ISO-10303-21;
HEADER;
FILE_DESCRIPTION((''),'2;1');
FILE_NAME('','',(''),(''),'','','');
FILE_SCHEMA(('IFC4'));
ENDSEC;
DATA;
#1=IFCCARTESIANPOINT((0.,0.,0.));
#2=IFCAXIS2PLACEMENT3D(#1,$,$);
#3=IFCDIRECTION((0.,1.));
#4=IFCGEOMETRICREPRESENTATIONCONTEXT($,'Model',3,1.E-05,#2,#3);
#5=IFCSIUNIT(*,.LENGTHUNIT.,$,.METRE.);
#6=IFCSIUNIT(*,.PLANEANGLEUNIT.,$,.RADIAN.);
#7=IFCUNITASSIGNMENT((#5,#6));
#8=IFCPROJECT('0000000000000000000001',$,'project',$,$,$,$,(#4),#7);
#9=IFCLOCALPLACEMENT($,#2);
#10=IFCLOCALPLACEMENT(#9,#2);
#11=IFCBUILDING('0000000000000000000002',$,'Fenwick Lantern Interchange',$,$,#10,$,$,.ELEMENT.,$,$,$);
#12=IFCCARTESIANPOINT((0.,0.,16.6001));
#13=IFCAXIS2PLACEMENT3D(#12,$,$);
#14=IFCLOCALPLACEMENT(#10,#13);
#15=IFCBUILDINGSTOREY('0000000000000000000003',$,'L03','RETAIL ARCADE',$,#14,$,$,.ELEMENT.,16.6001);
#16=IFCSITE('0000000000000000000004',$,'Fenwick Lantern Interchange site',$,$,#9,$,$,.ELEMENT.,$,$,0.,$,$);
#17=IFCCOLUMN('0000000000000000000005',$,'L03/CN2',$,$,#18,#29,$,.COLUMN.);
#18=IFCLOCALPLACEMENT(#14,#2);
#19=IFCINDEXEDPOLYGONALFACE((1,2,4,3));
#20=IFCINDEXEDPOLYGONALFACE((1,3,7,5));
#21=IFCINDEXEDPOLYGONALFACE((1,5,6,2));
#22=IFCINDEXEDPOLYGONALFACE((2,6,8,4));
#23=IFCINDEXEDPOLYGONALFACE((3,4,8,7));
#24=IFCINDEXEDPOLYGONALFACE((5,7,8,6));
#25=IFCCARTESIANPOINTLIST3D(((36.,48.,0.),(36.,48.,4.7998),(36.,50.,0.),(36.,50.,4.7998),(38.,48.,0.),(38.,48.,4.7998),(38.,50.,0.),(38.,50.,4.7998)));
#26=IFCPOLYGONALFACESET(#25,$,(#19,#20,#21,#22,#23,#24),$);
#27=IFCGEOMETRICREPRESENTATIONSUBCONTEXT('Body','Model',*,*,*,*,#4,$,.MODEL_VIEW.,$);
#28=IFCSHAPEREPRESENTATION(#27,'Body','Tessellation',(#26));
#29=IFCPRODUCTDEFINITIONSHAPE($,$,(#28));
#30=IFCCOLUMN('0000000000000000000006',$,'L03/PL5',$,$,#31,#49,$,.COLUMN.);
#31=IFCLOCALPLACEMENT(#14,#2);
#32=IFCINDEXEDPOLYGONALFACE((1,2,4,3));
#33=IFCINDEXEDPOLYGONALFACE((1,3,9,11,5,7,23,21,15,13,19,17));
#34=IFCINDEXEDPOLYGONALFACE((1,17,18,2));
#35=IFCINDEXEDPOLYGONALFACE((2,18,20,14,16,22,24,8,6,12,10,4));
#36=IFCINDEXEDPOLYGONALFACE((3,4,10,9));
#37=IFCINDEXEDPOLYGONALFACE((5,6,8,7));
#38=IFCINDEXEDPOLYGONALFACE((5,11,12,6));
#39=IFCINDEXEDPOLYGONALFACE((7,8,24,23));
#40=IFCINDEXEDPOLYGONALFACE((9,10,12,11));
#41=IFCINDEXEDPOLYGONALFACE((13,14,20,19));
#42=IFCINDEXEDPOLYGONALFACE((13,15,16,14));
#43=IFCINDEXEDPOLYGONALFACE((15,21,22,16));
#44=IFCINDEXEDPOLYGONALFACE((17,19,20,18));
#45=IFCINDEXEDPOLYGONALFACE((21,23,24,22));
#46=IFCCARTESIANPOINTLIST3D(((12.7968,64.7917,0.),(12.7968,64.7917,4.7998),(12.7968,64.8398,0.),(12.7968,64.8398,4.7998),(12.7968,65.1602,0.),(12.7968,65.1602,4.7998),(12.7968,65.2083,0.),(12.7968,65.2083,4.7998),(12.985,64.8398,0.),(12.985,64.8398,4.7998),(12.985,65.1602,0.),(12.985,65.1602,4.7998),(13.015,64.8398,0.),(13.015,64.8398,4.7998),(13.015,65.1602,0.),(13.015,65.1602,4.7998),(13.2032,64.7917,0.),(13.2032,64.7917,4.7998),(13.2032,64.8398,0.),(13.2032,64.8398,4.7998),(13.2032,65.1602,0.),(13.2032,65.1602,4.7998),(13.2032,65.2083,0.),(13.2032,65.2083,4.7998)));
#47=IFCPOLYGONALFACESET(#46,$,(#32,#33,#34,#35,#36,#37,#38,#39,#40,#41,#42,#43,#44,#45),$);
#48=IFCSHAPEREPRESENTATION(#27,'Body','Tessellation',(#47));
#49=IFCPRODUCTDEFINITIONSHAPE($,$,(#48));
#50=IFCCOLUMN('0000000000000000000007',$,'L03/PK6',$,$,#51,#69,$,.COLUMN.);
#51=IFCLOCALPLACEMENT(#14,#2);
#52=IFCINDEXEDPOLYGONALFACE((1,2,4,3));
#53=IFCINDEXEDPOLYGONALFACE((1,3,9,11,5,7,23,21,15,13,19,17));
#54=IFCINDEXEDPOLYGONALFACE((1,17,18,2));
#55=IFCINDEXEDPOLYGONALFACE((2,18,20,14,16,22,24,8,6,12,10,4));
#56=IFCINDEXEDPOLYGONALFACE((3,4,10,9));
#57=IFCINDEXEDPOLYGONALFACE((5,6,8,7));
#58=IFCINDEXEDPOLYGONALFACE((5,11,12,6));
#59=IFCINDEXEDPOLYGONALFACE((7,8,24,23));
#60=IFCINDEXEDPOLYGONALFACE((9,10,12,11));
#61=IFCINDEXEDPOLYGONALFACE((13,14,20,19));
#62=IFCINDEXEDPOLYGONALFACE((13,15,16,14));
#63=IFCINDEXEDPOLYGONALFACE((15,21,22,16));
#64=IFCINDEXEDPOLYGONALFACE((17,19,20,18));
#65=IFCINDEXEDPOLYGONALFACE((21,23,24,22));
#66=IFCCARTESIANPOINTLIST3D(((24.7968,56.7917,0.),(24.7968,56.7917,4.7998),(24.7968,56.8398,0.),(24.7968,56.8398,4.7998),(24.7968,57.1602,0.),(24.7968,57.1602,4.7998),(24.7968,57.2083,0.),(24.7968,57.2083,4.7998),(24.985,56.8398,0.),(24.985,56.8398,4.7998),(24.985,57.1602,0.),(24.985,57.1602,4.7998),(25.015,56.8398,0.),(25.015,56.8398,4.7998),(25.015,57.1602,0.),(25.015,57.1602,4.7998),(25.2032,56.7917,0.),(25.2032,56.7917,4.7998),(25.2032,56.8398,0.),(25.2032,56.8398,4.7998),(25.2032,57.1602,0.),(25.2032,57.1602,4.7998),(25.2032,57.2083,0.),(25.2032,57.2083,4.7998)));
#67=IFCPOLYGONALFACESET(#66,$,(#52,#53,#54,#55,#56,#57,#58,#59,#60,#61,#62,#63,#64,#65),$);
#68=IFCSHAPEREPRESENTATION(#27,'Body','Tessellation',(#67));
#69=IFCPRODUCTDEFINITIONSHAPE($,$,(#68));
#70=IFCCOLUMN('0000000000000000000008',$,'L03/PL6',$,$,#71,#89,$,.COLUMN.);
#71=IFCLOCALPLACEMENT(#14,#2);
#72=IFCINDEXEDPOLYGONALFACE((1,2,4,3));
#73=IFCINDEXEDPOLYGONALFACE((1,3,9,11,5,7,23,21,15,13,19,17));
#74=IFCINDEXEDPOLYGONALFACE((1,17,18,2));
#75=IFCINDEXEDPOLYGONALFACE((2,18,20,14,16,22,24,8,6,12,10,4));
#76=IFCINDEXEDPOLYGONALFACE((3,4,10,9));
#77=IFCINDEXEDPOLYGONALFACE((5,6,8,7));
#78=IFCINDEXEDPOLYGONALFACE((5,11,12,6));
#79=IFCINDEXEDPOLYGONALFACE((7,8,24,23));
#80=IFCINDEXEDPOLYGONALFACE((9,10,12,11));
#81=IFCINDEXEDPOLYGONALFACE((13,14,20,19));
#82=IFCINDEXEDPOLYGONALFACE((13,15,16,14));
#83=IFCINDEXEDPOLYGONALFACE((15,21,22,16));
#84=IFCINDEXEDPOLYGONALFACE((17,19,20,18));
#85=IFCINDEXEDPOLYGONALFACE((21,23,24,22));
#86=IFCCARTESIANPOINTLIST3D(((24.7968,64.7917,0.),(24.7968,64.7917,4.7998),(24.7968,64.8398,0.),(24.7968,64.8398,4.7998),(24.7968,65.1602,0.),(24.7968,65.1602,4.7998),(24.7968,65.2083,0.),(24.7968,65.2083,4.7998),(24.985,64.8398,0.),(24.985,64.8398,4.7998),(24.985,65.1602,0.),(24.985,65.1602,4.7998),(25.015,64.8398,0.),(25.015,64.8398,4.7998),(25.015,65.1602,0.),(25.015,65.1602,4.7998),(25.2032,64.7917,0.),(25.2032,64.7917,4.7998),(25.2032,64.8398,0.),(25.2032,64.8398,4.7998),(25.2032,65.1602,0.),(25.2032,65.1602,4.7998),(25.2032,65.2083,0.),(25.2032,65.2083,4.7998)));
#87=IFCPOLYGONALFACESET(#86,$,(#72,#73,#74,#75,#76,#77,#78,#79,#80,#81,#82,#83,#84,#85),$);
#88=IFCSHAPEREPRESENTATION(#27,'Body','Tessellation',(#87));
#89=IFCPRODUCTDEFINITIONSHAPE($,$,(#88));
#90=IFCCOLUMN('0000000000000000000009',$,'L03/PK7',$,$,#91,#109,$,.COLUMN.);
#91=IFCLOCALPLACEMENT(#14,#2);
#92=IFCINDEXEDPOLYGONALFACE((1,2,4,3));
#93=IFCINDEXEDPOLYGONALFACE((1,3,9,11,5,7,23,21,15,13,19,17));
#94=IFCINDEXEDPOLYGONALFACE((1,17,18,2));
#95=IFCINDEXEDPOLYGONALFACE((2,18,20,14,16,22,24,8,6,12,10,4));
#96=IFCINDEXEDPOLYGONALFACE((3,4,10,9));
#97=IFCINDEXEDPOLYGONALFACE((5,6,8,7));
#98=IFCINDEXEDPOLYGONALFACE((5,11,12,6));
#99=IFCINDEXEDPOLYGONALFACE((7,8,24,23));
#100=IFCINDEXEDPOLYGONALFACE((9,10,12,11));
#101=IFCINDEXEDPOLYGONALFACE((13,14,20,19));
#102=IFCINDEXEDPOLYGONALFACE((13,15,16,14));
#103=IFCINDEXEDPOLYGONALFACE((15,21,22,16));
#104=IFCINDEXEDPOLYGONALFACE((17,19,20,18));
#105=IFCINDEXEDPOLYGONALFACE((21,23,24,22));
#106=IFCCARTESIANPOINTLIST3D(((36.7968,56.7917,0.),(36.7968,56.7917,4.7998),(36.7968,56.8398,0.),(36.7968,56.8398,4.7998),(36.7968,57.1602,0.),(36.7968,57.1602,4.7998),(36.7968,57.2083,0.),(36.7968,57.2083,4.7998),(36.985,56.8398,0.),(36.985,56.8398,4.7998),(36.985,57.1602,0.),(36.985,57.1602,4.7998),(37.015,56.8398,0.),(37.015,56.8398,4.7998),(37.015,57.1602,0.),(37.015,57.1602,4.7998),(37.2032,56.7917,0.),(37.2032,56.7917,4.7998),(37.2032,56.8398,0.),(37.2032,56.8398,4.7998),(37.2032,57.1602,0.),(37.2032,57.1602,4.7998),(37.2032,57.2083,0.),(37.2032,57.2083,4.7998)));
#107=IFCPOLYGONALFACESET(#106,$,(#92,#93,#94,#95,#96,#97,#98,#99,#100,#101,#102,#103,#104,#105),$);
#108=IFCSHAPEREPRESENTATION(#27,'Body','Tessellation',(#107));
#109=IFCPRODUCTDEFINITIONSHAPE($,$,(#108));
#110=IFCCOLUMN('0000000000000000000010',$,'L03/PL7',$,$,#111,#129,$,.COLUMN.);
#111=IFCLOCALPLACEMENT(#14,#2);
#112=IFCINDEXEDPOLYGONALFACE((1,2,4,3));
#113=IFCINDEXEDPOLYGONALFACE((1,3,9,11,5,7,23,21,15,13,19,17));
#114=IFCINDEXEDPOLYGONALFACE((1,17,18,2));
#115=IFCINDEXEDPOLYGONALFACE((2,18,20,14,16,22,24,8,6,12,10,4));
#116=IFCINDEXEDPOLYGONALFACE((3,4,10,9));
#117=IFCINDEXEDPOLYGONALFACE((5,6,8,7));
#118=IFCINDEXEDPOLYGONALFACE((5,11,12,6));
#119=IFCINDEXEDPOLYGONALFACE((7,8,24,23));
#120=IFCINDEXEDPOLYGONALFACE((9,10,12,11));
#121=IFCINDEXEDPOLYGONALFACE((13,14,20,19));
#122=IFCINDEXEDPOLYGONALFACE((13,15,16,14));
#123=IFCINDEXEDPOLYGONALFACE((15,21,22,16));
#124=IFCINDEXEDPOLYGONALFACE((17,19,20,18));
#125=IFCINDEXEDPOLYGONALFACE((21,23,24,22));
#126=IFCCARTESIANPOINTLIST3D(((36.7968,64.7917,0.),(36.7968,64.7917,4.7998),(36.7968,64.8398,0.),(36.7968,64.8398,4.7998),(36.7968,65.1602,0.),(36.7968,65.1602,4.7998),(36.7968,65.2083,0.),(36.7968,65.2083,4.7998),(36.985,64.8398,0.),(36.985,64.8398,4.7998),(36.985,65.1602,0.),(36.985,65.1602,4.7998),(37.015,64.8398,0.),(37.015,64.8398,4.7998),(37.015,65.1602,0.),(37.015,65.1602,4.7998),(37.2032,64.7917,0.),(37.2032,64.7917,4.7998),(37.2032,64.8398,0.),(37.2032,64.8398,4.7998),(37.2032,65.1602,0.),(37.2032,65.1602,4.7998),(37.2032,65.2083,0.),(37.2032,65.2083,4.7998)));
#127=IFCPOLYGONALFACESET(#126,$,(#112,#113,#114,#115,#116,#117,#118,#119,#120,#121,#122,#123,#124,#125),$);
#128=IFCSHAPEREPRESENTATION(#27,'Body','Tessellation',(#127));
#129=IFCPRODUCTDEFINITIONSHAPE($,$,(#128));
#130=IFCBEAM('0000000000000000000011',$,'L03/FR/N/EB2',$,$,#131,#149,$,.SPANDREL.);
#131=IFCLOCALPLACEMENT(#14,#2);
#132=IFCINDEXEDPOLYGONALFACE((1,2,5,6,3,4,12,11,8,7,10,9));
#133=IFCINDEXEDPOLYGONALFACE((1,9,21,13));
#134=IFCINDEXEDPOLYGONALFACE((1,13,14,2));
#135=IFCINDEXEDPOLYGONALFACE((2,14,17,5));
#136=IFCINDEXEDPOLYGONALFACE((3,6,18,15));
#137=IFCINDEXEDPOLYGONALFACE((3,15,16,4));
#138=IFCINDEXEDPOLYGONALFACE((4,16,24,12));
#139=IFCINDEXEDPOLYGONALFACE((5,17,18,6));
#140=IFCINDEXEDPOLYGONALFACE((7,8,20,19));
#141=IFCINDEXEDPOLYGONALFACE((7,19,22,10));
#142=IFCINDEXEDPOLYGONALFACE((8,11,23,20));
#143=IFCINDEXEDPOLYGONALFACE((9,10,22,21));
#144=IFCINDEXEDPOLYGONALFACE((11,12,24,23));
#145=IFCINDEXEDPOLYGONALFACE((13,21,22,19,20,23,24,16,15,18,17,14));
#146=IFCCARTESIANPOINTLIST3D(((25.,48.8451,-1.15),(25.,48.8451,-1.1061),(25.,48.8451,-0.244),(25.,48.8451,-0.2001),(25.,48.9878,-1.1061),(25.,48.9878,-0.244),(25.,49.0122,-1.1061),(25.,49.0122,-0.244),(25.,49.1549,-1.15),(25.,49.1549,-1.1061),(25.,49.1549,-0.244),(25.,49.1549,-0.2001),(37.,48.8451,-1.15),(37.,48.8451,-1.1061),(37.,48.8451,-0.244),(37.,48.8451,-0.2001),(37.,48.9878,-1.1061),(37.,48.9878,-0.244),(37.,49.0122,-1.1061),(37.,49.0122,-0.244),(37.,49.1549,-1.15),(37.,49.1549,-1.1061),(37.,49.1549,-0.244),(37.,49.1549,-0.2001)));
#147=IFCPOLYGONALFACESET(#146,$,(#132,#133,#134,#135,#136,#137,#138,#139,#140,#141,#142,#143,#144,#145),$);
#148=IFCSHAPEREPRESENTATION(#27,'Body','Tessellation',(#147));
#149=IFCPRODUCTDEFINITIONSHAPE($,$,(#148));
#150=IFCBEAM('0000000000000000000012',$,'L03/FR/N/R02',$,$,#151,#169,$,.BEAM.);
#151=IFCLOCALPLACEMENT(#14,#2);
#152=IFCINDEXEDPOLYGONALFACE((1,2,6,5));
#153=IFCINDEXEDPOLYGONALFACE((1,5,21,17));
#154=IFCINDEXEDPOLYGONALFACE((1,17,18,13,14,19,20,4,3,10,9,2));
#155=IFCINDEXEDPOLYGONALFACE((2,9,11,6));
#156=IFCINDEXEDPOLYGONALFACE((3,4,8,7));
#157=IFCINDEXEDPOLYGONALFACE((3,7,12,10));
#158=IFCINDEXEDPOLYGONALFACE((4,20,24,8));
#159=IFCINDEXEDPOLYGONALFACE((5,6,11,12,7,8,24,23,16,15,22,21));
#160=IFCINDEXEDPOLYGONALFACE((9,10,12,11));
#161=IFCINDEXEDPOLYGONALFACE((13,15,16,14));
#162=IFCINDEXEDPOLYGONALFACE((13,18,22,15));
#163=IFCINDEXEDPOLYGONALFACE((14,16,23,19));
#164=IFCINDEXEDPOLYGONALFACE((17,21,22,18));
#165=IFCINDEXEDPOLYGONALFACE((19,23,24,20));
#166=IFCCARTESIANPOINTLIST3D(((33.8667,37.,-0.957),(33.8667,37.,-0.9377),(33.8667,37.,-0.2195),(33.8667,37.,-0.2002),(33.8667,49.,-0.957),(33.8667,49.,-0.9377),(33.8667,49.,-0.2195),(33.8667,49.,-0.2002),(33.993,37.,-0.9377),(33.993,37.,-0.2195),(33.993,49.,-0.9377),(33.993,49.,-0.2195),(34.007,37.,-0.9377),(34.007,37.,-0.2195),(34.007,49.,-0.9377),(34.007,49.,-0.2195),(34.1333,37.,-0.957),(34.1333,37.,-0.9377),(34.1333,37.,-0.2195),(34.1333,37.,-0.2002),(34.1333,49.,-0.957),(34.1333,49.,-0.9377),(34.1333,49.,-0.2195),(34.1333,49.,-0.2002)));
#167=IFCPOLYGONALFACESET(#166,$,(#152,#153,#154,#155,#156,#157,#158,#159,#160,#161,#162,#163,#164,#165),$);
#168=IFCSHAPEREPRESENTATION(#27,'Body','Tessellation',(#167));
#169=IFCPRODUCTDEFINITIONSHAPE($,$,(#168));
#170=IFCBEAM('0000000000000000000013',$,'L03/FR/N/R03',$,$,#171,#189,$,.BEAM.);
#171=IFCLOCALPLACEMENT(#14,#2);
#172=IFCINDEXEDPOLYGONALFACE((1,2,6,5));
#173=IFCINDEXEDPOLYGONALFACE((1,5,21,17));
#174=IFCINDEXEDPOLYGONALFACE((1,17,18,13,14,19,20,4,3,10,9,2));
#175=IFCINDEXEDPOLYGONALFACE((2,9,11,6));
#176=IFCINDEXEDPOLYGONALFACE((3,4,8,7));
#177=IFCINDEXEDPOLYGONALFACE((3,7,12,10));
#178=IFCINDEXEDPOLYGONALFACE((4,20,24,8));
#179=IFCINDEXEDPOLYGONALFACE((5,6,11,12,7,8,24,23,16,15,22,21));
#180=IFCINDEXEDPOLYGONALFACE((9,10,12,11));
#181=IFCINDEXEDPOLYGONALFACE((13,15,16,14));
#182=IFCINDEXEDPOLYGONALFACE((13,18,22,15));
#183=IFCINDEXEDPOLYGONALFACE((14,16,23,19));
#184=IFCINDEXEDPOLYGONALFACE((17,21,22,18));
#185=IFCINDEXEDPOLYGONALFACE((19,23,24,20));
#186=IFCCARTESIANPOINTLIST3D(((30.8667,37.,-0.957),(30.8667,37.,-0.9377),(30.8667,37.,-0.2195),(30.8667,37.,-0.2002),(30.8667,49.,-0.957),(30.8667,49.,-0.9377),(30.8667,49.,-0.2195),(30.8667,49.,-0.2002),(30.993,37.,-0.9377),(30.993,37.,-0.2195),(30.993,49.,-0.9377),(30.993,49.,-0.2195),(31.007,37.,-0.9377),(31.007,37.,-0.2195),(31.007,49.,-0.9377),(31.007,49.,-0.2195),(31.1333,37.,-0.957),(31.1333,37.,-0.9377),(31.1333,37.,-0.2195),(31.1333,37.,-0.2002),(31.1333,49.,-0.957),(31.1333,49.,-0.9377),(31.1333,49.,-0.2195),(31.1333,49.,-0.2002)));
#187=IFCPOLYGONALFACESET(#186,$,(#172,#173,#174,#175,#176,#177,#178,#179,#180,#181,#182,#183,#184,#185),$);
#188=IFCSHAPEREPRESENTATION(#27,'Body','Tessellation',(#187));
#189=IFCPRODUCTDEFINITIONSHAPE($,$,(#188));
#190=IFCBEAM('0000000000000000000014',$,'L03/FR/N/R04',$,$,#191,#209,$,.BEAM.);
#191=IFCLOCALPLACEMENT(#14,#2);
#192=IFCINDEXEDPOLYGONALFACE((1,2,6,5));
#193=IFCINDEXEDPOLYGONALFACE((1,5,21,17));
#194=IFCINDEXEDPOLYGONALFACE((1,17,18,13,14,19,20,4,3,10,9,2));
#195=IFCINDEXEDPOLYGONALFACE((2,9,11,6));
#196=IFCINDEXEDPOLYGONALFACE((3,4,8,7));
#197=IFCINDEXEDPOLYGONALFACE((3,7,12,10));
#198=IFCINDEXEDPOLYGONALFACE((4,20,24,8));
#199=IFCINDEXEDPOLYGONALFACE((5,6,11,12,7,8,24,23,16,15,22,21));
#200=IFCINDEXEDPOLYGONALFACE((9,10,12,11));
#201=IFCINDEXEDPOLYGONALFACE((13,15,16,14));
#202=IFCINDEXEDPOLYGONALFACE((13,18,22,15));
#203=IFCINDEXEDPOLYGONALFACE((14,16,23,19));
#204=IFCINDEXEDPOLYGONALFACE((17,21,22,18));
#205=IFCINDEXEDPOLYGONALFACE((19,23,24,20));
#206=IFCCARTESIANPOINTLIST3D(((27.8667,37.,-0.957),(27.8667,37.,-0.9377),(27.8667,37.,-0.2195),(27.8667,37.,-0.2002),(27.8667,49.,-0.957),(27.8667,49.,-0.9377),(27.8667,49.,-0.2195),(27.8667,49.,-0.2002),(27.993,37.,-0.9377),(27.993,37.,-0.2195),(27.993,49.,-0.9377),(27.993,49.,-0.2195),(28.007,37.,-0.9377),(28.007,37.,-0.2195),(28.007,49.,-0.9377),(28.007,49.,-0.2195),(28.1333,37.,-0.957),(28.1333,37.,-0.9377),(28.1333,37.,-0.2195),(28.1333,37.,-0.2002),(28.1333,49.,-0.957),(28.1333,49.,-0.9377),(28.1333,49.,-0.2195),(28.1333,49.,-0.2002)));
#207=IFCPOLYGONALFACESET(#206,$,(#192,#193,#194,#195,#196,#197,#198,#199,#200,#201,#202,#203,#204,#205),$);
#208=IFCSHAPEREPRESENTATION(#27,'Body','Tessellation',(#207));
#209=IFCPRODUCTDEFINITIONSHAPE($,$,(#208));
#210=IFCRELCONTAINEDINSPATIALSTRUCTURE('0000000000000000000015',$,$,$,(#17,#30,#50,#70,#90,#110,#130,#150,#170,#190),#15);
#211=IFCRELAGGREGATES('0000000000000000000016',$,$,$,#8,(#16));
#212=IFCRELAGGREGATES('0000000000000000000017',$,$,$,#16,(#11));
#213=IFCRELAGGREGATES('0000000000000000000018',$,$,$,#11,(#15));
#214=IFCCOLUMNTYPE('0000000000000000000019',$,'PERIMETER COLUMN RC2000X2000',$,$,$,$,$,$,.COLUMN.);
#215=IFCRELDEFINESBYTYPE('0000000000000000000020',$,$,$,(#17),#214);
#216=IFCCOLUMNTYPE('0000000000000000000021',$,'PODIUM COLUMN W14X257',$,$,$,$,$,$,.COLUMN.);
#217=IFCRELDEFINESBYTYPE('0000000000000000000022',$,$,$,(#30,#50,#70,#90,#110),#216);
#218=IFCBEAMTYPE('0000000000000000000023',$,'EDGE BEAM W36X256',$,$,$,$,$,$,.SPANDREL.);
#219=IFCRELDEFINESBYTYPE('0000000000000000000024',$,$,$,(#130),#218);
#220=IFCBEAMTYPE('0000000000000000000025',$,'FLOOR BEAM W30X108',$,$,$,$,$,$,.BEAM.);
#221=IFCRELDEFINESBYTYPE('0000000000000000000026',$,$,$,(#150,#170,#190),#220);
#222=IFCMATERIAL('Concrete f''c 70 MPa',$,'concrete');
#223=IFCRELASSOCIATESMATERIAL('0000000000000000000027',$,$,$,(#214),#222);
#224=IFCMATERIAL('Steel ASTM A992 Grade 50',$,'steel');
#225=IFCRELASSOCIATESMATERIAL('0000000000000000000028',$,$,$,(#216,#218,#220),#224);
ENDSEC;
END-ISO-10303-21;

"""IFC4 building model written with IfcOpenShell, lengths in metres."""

from ifc_helpers import new_model, si_unit, direction, frame, origin, origin_2d, place, context, subcontext, project, spatial, rectangle, i_section, extrude, material, material_profile, profile_set, type_object, element, save


model = new_model("IFC4")

# Units and contexts
model_context = context("Model", 3, precision=1e-05, world=origin(), true_north=direction((0.0, 1.0)))
body_context = subcontext(model_context, "Body", "Model", "MODEL_VIEW")
ifc_project = project(units=[si_unit("LENGTHUNIT", "METRE"), si_unit("PLANEANGLEUNIT", "RADIAN")], contexts=[model_context])

# Site, building, storey
site_placement = place(None, origin())
site = spatial("IfcSite", under=ifc_project, at=site_placement, Name="Fenwick Lantern Interchange site", CompositionType="ELEMENT", RefElevation=0.0)
building_placement = place(site_placement, origin())
building = spatial("IfcBuilding", under=site, at=building_placement, Name="Fenwick Lantern Interchange", CompositionType="ELEMENT")
storey_placement = place(building_placement, frame((0.0, 0.0, 16.6001)))
storey = spatial("IfcBuildingStorey", under=building, at=storey_placement, Name="L03", Description="RETAIL ARCADE", CompositionType="ELEMENT", Elevation=16.6001)

# Columns
ifc_material_1 = material(Name="Concrete f'c 70 MPa", Category="concrete")
ifc_material_profile_1 = material_profile(ifc_material_1, rectangle(XDim=2.0, YDim=2.0, at=origin_2d()), Name="RC2000X2000")
ifc_profile_set_1 = profile_set([ifc_material_profile_1], Name="Concrete f'c 70 MPa")
column_type_1 = type_object("IfcColumnType", Name="PERIMETER COLUMN RC2000X2000", PredefinedType="COLUMN", material=ifc_profile_set_1)
column_placement = place(storey_placement, frame((37.0, 49.0, 0.0), z_axis=(0.0, 0.0, 1.0), x_axis=(1.0, 0.0, 0.0)))
element("IfcColumn", 1, at=column_placement, inside=storey, type_object=column_type_1, Name="L03/CN2", PredefinedType="COLUMN", context=body_context, shape_type="SweptSolid", body=[
    extrude(rectangle(XDim=2.0, YDim=2.0, at=origin_2d()), origin(), (0.0, 0.0, 1.0), 4.7998),
])
ifc_material_2 = material(Name="Steel ASTM A992 Grade 50", Category="steel")
ifc_material_profile_2 = material_profile(ifc_material_2, i_section(OverallWidth=0.4065, OverallDepth=0.4165, WebThickness=0.03, FlangeThickness=0.0481, at=origin_2d()), Name="W14X257")
ifc_profile_set_2 = profile_set([ifc_material_profile_2], Name="Steel ASTM A992 Grade 50")
column_type_2 = type_object("IfcColumnType", Name="PODIUM COLUMN W14X257", PredefinedType="COLUMN", material=ifc_profile_set_2)
for number, where, z_axis, x_axis, name in (
    (2, (13.0, 65.0, 0.0), (0.0, 0.0, 1.0), (1.0, 0.0, 0.0), "L03/PL5"),
    (3, (25.0, 57.0, 0.0), (0.0, 0.0, 1.0), (1.0, 0.0, 0.0), "L03/PK6"),
    (4, (25.0, 65.0, 0.0), (0.0, 0.0, 1.0), (1.0, 0.0, 0.0), "L03/PL6"),
    (5, (37.0, 57.0, 0.0), (0.0, 0.0, 1.0), (1.0, 0.0, 0.0), "L03/PK7"),
    (6, (37.0, 65.0, 0.0), (0.0, 0.0, 1.0), (1.0, 0.0, 0.0), "L03/PL7"),
):
    element("IfcColumn", number, at=place(storey_placement, frame(where, z_axis=z_axis, x_axis=x_axis)), inside=storey, type_object=column_type_2, Name=name, PredefinedType="COLUMN", context=body_context, shape_type="SweptSolid", body=[
        extrude(i_section(OverallWidth=0.4065, OverallDepth=0.4165, WebThickness=0.03, FlangeThickness=0.0481, at=origin_2d()), origin(), (0.0, 0.0, 1.0), 4.7998),
    ])

# Beams
ifc_material_profile_3 = material_profile(ifc_material_2, i_section(OverallWidth=0.3098, OverallDepth=0.95, WebThickness=0.0244, FlangeThickness=0.0439, at=origin_2d()), Name="W36X256")
ifc_profile_set_3 = profile_set([ifc_material_profile_3], Name="Steel ASTM A992 Grade 50")
beam_type_1 = type_object("IfcBeamType", Name="EDGE BEAM W36X256", PredefinedType="SPANDREL", material=ifc_profile_set_3)
beam_1_placement = place(storey_placement, frame((37.0, 49.0, -0.675), z_axis=(-1.0, 0.0, 0.0), x_axis=(0.0, -1.0, 0.0)))
element("IfcBeam", 7, at=beam_1_placement, inside=storey, type_object=beam_type_1, Name="L03/FR/N/EB2", PredefinedType="SPANDREL", context=body_context, shape_type="SweptSolid", body=[
    extrude(i_section(OverallWidth=0.3098, OverallDepth=0.95, WebThickness=0.0244, FlangeThickness=0.0439, at=origin_2d()), origin(), (0.0, 0.0, 1.0), 12.0),
])
ifc_material_profile_4 = material_profile(ifc_material_2, i_section(OverallWidth=0.2666, OverallDepth=0.7568, WebThickness=0.0139, FlangeThickness=0.0193, at=origin_2d()), Name="W30X108")
ifc_profile_set_4 = profile_set([ifc_material_profile_4], Name="Steel ASTM A992 Grade 50")
beam_type_2 = type_object("IfcBeamType", Name="FLOOR BEAM W30X108", PredefinedType="BEAM", material=ifc_profile_set_4)
for number, where, z_axis, x_axis, name in (
    (8, (34.0, 49.0, -0.5786), (0.0, -1.0, 0.0), (1.0, 0.0, 0.0), "L03/FR/N/R02"),
    (9, (31.0, 49.0, -0.5786), (0.0, -1.0, 0.0), (1.0, 0.0, 0.0), "L03/FR/N/R03"),
    (10, (28.0, 49.0, -0.5786), (0.0, -1.0, 0.0), (1.0, 0.0, 0.0), "L03/FR/N/R04"),
):
    element("IfcBeam", number, at=place(storey_placement, frame(where, z_axis=z_axis, x_axis=x_axis)), inside=storey, type_object=beam_type_2, Name=name, PredefinedType="BEAM", context=body_context, shape_type="SweptSolid", body=[
        extrude(i_section(OverallWidth=0.2666, OverallDepth=0.7568, WebThickness=0.0139, FlangeThickness=0.0193, at=origin_2d()), origin(), (0.0, 0.0, 1.0), 12.0),
    ])

save(model, "model.ifc")
